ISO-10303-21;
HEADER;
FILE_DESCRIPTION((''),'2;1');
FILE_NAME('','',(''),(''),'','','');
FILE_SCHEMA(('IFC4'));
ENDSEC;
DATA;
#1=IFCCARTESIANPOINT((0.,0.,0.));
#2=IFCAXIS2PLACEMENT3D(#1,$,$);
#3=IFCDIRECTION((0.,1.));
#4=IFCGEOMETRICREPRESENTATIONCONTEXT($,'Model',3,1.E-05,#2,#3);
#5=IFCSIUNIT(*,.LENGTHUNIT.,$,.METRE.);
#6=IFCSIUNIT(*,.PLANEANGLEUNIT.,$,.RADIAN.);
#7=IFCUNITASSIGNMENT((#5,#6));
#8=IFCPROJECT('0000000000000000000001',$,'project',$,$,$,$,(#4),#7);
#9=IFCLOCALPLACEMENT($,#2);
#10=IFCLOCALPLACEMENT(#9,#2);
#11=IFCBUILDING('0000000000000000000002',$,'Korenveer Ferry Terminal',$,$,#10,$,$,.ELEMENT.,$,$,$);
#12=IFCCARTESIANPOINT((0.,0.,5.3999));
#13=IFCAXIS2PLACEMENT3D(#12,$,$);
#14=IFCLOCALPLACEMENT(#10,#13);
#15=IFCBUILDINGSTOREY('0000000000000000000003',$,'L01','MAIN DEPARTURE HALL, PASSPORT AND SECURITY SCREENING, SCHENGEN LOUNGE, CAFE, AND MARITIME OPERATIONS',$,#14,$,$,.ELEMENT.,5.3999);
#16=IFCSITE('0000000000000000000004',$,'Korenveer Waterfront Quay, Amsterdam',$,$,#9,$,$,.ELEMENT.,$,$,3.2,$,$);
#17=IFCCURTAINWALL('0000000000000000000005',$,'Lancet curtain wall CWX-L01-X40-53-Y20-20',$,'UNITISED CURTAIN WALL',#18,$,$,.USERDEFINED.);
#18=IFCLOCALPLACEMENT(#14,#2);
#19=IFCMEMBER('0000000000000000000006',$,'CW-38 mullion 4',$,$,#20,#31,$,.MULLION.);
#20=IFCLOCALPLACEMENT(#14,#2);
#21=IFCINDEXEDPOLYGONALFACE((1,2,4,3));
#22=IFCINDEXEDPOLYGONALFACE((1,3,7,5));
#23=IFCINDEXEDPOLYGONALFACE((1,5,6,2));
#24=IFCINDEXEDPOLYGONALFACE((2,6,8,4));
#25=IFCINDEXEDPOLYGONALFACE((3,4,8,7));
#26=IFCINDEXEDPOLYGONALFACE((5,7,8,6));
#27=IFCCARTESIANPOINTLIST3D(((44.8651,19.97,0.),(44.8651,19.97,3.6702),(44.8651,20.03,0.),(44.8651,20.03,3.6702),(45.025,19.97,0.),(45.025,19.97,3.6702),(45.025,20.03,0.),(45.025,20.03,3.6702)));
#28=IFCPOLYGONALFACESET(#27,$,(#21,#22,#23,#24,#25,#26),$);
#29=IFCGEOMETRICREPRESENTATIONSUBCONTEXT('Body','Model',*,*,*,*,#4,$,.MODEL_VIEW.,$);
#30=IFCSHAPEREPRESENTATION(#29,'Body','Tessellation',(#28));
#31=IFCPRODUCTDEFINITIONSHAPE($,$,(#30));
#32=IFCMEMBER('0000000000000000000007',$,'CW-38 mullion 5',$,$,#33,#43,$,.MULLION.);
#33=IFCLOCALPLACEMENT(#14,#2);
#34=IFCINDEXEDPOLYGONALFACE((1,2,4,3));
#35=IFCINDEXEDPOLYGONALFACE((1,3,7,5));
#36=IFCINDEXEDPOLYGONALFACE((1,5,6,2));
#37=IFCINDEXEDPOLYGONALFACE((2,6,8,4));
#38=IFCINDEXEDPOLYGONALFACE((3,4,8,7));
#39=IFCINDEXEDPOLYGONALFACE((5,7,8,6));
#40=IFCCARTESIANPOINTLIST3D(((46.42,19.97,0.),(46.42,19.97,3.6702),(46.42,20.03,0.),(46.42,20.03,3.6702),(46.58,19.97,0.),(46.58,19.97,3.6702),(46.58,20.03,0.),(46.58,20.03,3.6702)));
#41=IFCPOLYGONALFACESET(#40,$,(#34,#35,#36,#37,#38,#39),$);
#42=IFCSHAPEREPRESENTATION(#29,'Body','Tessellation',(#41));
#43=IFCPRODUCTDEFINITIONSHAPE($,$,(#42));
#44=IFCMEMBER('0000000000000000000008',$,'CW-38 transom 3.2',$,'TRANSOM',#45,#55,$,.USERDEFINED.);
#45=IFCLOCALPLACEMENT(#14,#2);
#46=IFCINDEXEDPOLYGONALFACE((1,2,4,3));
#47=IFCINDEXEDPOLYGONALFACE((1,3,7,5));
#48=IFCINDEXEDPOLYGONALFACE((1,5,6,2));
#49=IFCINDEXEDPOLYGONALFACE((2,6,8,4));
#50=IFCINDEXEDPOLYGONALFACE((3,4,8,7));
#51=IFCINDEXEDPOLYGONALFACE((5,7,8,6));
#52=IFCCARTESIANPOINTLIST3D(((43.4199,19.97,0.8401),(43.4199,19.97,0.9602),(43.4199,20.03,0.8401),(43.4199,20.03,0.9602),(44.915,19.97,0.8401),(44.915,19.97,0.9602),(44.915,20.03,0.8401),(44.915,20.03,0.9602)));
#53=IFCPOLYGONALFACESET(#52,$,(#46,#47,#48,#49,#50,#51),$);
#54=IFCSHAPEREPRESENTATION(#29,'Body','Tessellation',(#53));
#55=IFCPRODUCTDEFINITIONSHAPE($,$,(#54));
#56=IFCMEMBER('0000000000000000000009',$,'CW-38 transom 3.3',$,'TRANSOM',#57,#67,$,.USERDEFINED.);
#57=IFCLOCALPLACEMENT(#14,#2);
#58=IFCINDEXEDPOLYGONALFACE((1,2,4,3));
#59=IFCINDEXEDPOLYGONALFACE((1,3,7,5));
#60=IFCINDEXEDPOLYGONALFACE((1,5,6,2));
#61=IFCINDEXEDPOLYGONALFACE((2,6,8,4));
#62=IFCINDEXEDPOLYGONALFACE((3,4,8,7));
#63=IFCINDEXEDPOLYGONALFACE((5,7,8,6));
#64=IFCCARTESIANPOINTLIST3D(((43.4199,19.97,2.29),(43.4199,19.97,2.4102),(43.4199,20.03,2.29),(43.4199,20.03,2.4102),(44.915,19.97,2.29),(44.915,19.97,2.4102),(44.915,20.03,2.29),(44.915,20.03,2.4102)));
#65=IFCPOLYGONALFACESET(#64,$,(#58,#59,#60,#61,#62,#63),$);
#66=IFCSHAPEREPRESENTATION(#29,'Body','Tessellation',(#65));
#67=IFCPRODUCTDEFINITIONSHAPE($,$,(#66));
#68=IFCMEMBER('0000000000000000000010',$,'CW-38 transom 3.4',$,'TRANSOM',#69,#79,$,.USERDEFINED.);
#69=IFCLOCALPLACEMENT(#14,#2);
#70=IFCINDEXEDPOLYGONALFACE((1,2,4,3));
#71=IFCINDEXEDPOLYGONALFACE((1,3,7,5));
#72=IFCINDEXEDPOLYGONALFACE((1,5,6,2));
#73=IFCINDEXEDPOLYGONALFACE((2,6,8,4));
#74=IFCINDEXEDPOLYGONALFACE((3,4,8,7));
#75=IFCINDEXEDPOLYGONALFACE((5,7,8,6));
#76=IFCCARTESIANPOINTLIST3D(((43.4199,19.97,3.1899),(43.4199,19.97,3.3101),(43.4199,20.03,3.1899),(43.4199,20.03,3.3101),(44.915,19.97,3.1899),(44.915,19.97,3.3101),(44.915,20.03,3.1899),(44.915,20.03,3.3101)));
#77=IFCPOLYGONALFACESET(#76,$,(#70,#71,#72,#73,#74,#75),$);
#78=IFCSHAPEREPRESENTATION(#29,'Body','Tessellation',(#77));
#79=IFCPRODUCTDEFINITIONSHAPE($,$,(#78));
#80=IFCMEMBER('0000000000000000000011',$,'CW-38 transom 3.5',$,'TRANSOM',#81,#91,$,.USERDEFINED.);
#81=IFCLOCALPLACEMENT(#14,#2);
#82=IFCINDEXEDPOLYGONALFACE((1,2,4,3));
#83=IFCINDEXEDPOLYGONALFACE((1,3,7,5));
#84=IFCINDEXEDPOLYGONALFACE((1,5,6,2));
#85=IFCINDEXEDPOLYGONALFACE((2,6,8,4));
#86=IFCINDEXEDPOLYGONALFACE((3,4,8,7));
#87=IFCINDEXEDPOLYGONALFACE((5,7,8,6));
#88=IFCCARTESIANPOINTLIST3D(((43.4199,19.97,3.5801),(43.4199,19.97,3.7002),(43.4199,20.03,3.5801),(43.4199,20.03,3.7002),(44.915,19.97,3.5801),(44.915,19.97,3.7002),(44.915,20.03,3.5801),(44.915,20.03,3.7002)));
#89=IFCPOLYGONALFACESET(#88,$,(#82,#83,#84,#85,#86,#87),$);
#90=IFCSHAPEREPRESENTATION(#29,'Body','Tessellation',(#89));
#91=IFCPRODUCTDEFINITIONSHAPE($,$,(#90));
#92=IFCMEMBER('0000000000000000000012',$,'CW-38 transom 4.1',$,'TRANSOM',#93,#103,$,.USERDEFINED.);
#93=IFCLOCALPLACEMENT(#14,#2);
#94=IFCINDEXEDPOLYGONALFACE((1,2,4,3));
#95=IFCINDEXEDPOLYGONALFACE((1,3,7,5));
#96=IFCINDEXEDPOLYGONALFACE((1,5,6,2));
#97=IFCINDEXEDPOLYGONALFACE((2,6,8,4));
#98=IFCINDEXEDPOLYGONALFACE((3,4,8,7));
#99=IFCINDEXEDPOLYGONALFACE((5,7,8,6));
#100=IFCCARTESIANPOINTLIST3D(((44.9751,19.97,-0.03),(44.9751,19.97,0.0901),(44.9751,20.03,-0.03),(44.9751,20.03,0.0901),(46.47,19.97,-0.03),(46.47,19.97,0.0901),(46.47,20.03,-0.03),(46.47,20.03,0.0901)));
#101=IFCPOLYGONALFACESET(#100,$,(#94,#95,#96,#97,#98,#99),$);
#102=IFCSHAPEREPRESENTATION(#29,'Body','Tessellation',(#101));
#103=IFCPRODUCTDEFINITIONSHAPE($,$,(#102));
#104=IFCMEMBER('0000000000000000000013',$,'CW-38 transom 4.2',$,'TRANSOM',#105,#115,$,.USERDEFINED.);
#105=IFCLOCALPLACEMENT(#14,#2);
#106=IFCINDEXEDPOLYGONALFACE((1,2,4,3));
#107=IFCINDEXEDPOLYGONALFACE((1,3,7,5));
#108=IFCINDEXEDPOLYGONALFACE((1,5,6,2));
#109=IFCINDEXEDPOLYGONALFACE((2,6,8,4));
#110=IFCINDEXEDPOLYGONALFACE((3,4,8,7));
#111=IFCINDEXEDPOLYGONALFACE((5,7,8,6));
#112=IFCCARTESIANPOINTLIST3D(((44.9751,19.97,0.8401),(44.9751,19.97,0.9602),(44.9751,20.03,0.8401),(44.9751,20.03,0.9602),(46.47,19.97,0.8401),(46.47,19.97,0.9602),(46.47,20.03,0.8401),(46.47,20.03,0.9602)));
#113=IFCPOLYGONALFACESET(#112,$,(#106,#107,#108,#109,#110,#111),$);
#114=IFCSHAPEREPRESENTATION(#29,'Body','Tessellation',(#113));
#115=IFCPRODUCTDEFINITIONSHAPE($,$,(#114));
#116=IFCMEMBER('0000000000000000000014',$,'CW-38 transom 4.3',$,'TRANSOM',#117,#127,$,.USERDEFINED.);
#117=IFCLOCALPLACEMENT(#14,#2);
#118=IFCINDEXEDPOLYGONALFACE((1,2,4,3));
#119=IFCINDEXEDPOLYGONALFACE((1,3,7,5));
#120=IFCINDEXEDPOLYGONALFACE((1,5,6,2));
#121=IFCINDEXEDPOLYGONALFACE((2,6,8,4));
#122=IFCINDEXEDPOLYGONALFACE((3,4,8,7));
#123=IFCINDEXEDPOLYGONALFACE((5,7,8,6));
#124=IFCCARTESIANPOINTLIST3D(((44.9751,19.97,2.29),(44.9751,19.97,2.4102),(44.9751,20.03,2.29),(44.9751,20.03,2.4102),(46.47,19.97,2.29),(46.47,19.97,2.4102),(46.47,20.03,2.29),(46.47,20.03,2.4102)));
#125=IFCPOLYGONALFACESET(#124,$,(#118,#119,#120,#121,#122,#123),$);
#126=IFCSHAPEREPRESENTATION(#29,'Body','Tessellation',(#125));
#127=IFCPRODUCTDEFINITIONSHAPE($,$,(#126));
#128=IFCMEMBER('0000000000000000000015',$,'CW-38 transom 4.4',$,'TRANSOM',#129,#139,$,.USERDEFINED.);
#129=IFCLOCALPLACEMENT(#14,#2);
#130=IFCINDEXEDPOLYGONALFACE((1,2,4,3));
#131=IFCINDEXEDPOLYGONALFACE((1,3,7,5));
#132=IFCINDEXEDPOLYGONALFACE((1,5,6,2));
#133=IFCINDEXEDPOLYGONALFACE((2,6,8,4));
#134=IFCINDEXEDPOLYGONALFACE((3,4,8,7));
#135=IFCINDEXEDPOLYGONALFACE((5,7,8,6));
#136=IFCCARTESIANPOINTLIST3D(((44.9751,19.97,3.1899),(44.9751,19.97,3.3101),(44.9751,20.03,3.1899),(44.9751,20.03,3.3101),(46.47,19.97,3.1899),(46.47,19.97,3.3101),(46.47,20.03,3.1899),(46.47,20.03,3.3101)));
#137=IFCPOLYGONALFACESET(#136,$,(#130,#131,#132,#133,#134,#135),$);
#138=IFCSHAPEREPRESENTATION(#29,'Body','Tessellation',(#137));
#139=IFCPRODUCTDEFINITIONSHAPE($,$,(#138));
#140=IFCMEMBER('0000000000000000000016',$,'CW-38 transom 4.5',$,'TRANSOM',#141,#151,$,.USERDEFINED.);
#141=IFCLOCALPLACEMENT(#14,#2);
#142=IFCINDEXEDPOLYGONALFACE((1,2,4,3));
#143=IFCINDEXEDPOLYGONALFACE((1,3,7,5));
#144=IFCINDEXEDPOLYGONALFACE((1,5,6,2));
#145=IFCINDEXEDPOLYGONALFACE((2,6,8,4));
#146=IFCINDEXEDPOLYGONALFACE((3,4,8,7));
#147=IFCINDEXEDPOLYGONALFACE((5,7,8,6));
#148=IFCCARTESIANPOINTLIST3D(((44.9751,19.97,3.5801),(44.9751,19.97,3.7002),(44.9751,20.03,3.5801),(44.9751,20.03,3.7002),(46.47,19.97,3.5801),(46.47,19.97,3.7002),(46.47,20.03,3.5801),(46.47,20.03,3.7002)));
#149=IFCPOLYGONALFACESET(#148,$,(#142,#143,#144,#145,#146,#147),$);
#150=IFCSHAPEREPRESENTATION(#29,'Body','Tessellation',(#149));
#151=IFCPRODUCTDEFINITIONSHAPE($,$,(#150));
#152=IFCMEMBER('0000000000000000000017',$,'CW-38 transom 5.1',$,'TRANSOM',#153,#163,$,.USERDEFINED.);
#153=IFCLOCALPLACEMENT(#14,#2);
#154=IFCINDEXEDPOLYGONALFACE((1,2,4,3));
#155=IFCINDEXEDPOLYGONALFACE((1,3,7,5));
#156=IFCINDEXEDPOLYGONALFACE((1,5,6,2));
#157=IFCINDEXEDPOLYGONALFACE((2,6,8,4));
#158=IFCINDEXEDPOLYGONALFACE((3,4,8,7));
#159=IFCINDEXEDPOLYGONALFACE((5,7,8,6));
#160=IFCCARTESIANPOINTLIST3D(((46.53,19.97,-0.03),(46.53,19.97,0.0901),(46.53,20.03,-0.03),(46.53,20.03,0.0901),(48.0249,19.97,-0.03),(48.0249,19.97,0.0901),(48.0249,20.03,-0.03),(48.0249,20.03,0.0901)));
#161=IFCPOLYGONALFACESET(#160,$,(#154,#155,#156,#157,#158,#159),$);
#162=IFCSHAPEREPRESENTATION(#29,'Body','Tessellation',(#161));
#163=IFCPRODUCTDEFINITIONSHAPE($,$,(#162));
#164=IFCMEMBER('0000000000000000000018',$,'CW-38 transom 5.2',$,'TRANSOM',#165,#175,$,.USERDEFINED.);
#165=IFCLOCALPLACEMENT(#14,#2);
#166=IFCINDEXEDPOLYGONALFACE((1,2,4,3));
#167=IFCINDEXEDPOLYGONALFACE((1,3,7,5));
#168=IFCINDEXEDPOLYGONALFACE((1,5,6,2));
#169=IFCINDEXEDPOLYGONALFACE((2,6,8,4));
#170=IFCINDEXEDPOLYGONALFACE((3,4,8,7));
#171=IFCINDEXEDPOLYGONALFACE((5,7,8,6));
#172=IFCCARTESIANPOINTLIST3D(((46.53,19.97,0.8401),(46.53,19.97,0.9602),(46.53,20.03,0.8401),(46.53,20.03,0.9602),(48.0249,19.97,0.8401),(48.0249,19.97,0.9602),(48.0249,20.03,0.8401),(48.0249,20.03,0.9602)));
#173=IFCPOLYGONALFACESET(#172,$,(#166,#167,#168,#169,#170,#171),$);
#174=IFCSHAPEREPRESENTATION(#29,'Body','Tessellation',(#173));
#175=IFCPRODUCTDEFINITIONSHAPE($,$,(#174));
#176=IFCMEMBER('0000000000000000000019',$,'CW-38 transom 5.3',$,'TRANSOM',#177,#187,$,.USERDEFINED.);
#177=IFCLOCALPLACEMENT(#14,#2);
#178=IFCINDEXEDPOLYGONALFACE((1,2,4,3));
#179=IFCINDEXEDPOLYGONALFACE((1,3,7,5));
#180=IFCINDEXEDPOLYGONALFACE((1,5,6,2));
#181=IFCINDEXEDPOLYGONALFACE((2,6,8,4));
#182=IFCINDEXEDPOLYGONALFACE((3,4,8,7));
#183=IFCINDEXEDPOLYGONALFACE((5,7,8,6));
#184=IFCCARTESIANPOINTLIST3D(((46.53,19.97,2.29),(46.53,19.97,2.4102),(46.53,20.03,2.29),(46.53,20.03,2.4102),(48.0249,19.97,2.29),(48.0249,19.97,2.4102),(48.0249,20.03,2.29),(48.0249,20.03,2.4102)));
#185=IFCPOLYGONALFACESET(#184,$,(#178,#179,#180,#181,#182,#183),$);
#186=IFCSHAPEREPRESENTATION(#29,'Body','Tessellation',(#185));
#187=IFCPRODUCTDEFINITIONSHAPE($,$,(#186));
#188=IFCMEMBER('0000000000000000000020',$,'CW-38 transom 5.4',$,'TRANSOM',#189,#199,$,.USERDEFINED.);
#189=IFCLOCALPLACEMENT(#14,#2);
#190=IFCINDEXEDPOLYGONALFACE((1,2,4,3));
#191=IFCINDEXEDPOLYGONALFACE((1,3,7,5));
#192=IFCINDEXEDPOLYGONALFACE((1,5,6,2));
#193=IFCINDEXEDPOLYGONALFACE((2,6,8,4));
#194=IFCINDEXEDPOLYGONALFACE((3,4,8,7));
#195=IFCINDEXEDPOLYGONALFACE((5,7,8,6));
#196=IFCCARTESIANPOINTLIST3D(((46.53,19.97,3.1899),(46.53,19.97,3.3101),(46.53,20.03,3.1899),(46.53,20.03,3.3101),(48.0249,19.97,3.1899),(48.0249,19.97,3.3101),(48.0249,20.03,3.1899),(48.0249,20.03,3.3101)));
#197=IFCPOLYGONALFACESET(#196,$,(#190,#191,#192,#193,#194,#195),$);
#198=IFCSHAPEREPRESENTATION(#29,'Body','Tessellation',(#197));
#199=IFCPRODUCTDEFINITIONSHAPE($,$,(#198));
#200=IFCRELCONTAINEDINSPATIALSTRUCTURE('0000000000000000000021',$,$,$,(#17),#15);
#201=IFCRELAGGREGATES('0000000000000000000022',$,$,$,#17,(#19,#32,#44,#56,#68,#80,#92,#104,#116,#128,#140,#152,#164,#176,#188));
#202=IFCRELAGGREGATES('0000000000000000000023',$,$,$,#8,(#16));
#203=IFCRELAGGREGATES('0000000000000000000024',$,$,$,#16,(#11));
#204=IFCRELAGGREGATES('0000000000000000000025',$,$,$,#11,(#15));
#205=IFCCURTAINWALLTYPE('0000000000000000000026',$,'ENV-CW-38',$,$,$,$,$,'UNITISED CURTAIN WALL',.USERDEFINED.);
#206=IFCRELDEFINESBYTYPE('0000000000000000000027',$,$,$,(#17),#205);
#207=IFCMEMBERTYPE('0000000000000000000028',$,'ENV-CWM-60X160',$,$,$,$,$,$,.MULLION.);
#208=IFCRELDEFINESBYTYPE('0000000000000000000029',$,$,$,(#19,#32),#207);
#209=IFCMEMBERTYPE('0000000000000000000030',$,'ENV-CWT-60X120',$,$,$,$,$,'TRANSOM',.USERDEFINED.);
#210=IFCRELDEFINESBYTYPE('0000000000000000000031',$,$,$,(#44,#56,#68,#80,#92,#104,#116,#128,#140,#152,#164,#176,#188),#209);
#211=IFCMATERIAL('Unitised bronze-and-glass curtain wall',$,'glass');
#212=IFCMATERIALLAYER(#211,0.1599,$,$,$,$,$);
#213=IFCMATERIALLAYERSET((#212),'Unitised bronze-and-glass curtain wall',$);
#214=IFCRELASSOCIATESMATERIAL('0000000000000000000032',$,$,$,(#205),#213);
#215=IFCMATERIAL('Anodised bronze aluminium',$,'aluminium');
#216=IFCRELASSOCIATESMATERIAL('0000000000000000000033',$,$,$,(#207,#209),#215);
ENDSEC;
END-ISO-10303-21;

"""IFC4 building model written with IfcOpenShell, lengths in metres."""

from ifc_helpers import new_model, si_unit, direction, frame, origin, origin_2d, place, context, subcontext, project, spatial, rectangle, extrude, material, layer, layer_set, material_profile, profile_set, type_object, element, aggregate, save


model = new_model("IFC4")

# Units and contexts
model_context = context("Model", 3, precision=1e-05, world=origin(), true_north=direction((0.0, 1.0)))
body_context = subcontext(model_context, "Body", "Model", "MODEL_VIEW")
ifc_project = project(units=[si_unit("LENGTHUNIT", "METRE"), si_unit("PLANEANGLEUNIT", "RADIAN")], contexts=[model_context])

# Site, building, storey
site_placement = place(None, origin())
site = spatial("IfcSite", under=ifc_project, at=site_placement, Name="Korenveer Waterfront Quay, Amsterdam", CompositionType="ELEMENT", RefElevation=3.2)
building_placement = place(site_placement, origin())
building = spatial("IfcBuilding", under=site, at=building_placement, Name="Korenveer Ferry Terminal", CompositionType="ELEMENT")
storey_placement = place(building_placement, frame((0.0, 0.0, 5.3999)))
storey = spatial("IfcBuildingStorey", under=building, at=storey_placement, Name="L01", Description="MAIN DEPARTURE HALL, PASSPORT AND SECURITY SCREENING, SCHENGEN LOUNGE, CAFE, AND MARITIME OPERATIONS", CompositionType="ELEMENT", Elevation=5.3999)

# Curtain wall, members
ifc_material_1 = material(Name="Unitised bronze-and-glass curtain wall", Category="glass")
ifc_layer_1 = layer(ifc_material_1, 0.1599)
ifc_layer_set_1 = layer_set([ifc_layer_1], Name="Unitised bronze-and-glass curtain wall")
curtain_wall_type = type_object("IfcCurtainWallType", Name="ENV-CW-38", ElementType="UNITISED CURTAIN WALL", PredefinedType="USERDEFINED", material=ifc_layer_set_1)
curtain_wall_placement = place(storey_placement, frame((40.28, 20.0, 0.0)))
curtain_wall = element("IfcCurtainWall", 1, at=curtain_wall_placement, inside=storey, type_object=curtain_wall_type, Name="Lancet curtain wall CWX-L01-X40-53-Y20-20", ObjectType="UNITISED CURTAIN WALL", PredefinedType="USERDEFINED")
ifc_material_2 = material(Name="Anodised bronze aluminium", Category="aluminium")
ifc_material_profile_1 = material_profile(ifc_material_2, rectangle(XDim=0.0601, YDim=0.1599, at=origin_2d()), Name="ALU 60x160")
ifc_profile_set_1 = profile_set([ifc_material_profile_1], Name="Anodised bronze aluminium")
member_type_1 = type_object("IfcMemberType", Name="ENV-CWM-60X160", PredefinedType="MULLION", material=ifc_profile_set_1)
member_1_placement = place(storey_placement, frame((44.9451, 20.0, 0.0), z_axis=(0.0, 0.0, 1.0), x_axis=(0.0, 1.0, 0.0)))
member_1 = element("IfcMember", 2, at=member_1_placement, type_object=member_type_1, Name="CW-38 mullion 4", PredefinedType="MULLION", context=body_context, shape_type="SweptSolid", body=[
    extrude(rectangle(XDim=0.0601, YDim=0.1599, at=origin_2d()), origin(), (0.0, 0.0, 1.0), 3.6702),
])
member_2_placement = place(storey_placement, frame((46.5, 20.0, 0.0), z_axis=(0.0, 0.0, 1.0), x_axis=(0.0, 1.0, 0.0)))
member_2 = element("IfcMember", 3, at=member_2_placement, type_object=member_type_1, Name="CW-38 mullion 5", PredefinedType="MULLION", context=body_context, shape_type="SweptSolid", body=[
    extrude(rectangle(XDim=0.0601, YDim=0.1599, at=origin_2d()), origin(), (0.0, 0.0, 1.0), 3.6702),
])
ifc_material_profile_2 = material_profile(ifc_material_2, rectangle(XDim=0.0601, YDim=0.1201, at=origin_2d()), Name="ALU 60x120")
ifc_profile_set_2 = profile_set([ifc_material_profile_2], Name="Anodised bronze aluminium")
member_type_2 = type_object("IfcMemberType", Name="ENV-CWT-60X120", ElementType="TRANSOM", PredefinedType="USERDEFINED", material=ifc_profile_set_2)
member_3_placement = place(storey_placement, frame((43.4199, 20.0, 0.9001), z_axis=(1.0, 0.0, 0.0), x_axis=(0.0, 1.0, 0.0)))
member_3 = element("IfcMember", 4, at=member_3_placement, type_object=member_type_2, Name="CW-38 transom 3.2", ObjectType="TRANSOM", PredefinedType="USERDEFINED", context=body_context, shape_type="SweptSolid", body=[
    extrude(rectangle(XDim=0.0601, YDim=0.1201, at=origin_2d()), origin(), (0.0, 0.0, 1.0), 1.4951),
])
member_4_placement = place(storey_placement, frame((43.4199, 20.0, 2.3501), z_axis=(1.0, 0.0, 0.0), x_axis=(0.0, 1.0, 0.0)))
member_4 = element("IfcMember", 5, at=member_4_placement, type_object=member_type_2, Name="CW-38 transom 3.3", ObjectType="TRANSOM", PredefinedType="USERDEFINED", context=body_context, shape_type="SweptSolid", body=[
    extrude(rectangle(XDim=0.0601, YDim=0.1201, at=origin_2d()), origin(), (0.0, 0.0, 1.0), 1.4951),
])
member_5_placement = place(storey_placement, frame((43.4199, 20.0, 3.25), z_axis=(1.0, 0.0, 0.0), x_axis=(0.0, 1.0, 0.0)))
member_5 = element("IfcMember", 6, at=member_5_placement, type_object=member_type_2, Name="CW-38 transom 3.4", ObjectType="TRANSOM", PredefinedType="USERDEFINED", context=body_context, shape_type="SweptSolid", body=[
    extrude(rectangle(XDim=0.0601, YDim=0.1201, at=origin_2d()), origin(), (0.0, 0.0, 1.0), 1.4951),
])
member_6_placement = place(storey_placement, frame((43.4199, 20.0, 3.6401), z_axis=(1.0, 0.0, 0.0), x_axis=(0.0, 1.0, 0.0)))
member_6 = element("IfcMember", 7, at=member_6_placement, type_object=member_type_2, Name="CW-38 transom 3.5", ObjectType="TRANSOM", PredefinedType="USERDEFINED", context=body_context, shape_type="SweptSolid", body=[
    extrude(rectangle(XDim=0.0601, YDim=0.1201, at=origin_2d()), origin(), (0.0, 0.0, 1.0), 1.4951),
])
member_7_placement = place(storey_placement, frame((44.9751, 20.0, 0.03), z_axis=(1.0, 0.0, 0.0), x_axis=(0.0, 1.0, 0.0)))
member_7 = element("IfcMember", 8, at=member_7_placement, type_object=member_type_2, Name="CW-38 transom 4.1", ObjectType="TRANSOM", PredefinedType="USERDEFINED", context=body_context, shape_type="SweptSolid", body=[
    extrude(rectangle(XDim=0.0601, YDim=0.1201, at=origin_2d()), origin(), (0.0, 0.0, 1.0), 1.4949),
])
member_8_placement = place(storey_placement, frame((44.9751, 20.0, 0.9001), z_axis=(1.0, 0.0, 0.0), x_axis=(0.0, 1.0, 0.0)))
member_8 = element("IfcMember", 9, at=member_8_placement, type_object=member_type_2, Name="CW-38 transom 4.2", ObjectType="TRANSOM", PredefinedType="USERDEFINED", context=body_context, shape_type="SweptSolid", body=[
    extrude(rectangle(XDim=0.0601, YDim=0.1201, at=origin_2d()), origin(), (0.0, 0.0, 1.0), 1.4949),
])
member_9_placement = place(storey_placement, frame((44.9751, 20.0, 2.3501), z_axis=(1.0, 0.0, 0.0), x_axis=(0.0, 1.0, 0.0)))
member_9 = element("IfcMember", 10, at=member_9_placement, type_object=member_type_2, Name="CW-38 transom 4.3", ObjectType="TRANSOM", PredefinedType="USERDEFINED", context=body_context, shape_type="SweptSolid", body=[
    extrude(rectangle(XDim=0.0601, YDim=0.1201, at=origin_2d()), origin(), (0.0, 0.0, 1.0), 1.4949),
])
member_10_placement = place(storey_placement, frame((44.9751, 20.0, 3.25), z_axis=(1.0, 0.0, 0.0), x_axis=(0.0, 1.0, 0.0)))
member_10 = element("IfcMember", 11, at=member_10_placement, type_object=member_type_2, Name="CW-38 transom 4.4", ObjectType="TRANSOM", PredefinedType="USERDEFINED", context=body_context, shape_type="SweptSolid", body=[
    extrude(rectangle(XDim=0.0601, YDim=0.1201, at=origin_2d()), origin(), (0.0, 0.0, 1.0), 1.4949),
])
member_11_placement = place(storey_placement, frame((44.9751, 20.0, 3.6401), z_axis=(1.0, 0.0, 0.0), x_axis=(0.0, 1.0, 0.0)))
member_11 = element("IfcMember", 12, at=member_11_placement, type_object=member_type_2, Name="CW-38 transom 4.5", ObjectType="TRANSOM", PredefinedType="USERDEFINED", context=body_context, shape_type="SweptSolid", body=[
    extrude(rectangle(XDim=0.0601, YDim=0.1201, at=origin_2d()), origin(), (0.0, 0.0, 1.0), 1.4949),
])
member_12_placement = place(storey_placement, frame((46.53, 20.0, 0.03), z_axis=(1.0, 0.0, 0.0), x_axis=(0.0, 1.0, 0.0)))
member_12 = element("IfcMember", 13, at=member_12_placement, type_object=member_type_2, Name="CW-38 transom 5.1", ObjectType="TRANSOM", PredefinedType="USERDEFINED", context=body_context, shape_type="SweptSolid", body=[
    extrude(rectangle(XDim=0.0601, YDim=0.1201, at=origin_2d()), origin(), (0.0, 0.0, 1.0), 1.4949),
])
member_13_placement = place(storey_placement, frame((46.53, 20.0, 0.9001), z_axis=(1.0, 0.0, 0.0), x_axis=(0.0, 1.0, 0.0)))
member_13 = element("IfcMember", 14, at=member_13_placement, type_object=member_type_2, Name="CW-38 transom 5.2", ObjectType="TRANSOM", PredefinedType="USERDEFINED", context=body_context, shape_type="SweptSolid", body=[
    extrude(rectangle(XDim=0.0601, YDim=0.1201, at=origin_2d()), origin(), (0.0, 0.0, 1.0), 1.4949),
])
member_14_placement = place(storey_placement, frame((46.53, 20.0, 2.3501), z_axis=(1.0, 0.0, 0.0), x_axis=(0.0, 1.0, 0.0)))
member_14 = element("IfcMember", 15, at=member_14_placement, type_object=member_type_2, Name="CW-38 transom 5.3", ObjectType="TRANSOM", PredefinedType="USERDEFINED", context=body_context, shape_type="SweptSolid", body=[
    extrude(rectangle(XDim=0.0601, YDim=0.1201, at=origin_2d()), origin(), (0.0, 0.0, 1.0), 1.4949),
])
member_15_placement = place(storey_placement, frame((46.53, 20.0, 3.25), z_axis=(1.0, 0.0, 0.0), x_axis=(0.0, 1.0, 0.0)))
member_15 = element("IfcMember", 16, at=member_15_placement, type_object=member_type_2, Name="CW-38 transom 5.4", ObjectType="TRANSOM", PredefinedType="USERDEFINED", context=body_context, shape_type="SweptSolid", body=[
    extrude(rectangle(XDim=0.0601, YDim=0.1201, at=origin_2d()), origin(), (0.0, 0.0, 1.0), 1.4949),
])

aggregate(curtain_wall, [member_1, member_2, member_3, member_4, member_5, member_6, member_7, member_8, member_9, member_10, member_11, member_12, member_13, member_14, member_15])

save(model, "model.ifc")
